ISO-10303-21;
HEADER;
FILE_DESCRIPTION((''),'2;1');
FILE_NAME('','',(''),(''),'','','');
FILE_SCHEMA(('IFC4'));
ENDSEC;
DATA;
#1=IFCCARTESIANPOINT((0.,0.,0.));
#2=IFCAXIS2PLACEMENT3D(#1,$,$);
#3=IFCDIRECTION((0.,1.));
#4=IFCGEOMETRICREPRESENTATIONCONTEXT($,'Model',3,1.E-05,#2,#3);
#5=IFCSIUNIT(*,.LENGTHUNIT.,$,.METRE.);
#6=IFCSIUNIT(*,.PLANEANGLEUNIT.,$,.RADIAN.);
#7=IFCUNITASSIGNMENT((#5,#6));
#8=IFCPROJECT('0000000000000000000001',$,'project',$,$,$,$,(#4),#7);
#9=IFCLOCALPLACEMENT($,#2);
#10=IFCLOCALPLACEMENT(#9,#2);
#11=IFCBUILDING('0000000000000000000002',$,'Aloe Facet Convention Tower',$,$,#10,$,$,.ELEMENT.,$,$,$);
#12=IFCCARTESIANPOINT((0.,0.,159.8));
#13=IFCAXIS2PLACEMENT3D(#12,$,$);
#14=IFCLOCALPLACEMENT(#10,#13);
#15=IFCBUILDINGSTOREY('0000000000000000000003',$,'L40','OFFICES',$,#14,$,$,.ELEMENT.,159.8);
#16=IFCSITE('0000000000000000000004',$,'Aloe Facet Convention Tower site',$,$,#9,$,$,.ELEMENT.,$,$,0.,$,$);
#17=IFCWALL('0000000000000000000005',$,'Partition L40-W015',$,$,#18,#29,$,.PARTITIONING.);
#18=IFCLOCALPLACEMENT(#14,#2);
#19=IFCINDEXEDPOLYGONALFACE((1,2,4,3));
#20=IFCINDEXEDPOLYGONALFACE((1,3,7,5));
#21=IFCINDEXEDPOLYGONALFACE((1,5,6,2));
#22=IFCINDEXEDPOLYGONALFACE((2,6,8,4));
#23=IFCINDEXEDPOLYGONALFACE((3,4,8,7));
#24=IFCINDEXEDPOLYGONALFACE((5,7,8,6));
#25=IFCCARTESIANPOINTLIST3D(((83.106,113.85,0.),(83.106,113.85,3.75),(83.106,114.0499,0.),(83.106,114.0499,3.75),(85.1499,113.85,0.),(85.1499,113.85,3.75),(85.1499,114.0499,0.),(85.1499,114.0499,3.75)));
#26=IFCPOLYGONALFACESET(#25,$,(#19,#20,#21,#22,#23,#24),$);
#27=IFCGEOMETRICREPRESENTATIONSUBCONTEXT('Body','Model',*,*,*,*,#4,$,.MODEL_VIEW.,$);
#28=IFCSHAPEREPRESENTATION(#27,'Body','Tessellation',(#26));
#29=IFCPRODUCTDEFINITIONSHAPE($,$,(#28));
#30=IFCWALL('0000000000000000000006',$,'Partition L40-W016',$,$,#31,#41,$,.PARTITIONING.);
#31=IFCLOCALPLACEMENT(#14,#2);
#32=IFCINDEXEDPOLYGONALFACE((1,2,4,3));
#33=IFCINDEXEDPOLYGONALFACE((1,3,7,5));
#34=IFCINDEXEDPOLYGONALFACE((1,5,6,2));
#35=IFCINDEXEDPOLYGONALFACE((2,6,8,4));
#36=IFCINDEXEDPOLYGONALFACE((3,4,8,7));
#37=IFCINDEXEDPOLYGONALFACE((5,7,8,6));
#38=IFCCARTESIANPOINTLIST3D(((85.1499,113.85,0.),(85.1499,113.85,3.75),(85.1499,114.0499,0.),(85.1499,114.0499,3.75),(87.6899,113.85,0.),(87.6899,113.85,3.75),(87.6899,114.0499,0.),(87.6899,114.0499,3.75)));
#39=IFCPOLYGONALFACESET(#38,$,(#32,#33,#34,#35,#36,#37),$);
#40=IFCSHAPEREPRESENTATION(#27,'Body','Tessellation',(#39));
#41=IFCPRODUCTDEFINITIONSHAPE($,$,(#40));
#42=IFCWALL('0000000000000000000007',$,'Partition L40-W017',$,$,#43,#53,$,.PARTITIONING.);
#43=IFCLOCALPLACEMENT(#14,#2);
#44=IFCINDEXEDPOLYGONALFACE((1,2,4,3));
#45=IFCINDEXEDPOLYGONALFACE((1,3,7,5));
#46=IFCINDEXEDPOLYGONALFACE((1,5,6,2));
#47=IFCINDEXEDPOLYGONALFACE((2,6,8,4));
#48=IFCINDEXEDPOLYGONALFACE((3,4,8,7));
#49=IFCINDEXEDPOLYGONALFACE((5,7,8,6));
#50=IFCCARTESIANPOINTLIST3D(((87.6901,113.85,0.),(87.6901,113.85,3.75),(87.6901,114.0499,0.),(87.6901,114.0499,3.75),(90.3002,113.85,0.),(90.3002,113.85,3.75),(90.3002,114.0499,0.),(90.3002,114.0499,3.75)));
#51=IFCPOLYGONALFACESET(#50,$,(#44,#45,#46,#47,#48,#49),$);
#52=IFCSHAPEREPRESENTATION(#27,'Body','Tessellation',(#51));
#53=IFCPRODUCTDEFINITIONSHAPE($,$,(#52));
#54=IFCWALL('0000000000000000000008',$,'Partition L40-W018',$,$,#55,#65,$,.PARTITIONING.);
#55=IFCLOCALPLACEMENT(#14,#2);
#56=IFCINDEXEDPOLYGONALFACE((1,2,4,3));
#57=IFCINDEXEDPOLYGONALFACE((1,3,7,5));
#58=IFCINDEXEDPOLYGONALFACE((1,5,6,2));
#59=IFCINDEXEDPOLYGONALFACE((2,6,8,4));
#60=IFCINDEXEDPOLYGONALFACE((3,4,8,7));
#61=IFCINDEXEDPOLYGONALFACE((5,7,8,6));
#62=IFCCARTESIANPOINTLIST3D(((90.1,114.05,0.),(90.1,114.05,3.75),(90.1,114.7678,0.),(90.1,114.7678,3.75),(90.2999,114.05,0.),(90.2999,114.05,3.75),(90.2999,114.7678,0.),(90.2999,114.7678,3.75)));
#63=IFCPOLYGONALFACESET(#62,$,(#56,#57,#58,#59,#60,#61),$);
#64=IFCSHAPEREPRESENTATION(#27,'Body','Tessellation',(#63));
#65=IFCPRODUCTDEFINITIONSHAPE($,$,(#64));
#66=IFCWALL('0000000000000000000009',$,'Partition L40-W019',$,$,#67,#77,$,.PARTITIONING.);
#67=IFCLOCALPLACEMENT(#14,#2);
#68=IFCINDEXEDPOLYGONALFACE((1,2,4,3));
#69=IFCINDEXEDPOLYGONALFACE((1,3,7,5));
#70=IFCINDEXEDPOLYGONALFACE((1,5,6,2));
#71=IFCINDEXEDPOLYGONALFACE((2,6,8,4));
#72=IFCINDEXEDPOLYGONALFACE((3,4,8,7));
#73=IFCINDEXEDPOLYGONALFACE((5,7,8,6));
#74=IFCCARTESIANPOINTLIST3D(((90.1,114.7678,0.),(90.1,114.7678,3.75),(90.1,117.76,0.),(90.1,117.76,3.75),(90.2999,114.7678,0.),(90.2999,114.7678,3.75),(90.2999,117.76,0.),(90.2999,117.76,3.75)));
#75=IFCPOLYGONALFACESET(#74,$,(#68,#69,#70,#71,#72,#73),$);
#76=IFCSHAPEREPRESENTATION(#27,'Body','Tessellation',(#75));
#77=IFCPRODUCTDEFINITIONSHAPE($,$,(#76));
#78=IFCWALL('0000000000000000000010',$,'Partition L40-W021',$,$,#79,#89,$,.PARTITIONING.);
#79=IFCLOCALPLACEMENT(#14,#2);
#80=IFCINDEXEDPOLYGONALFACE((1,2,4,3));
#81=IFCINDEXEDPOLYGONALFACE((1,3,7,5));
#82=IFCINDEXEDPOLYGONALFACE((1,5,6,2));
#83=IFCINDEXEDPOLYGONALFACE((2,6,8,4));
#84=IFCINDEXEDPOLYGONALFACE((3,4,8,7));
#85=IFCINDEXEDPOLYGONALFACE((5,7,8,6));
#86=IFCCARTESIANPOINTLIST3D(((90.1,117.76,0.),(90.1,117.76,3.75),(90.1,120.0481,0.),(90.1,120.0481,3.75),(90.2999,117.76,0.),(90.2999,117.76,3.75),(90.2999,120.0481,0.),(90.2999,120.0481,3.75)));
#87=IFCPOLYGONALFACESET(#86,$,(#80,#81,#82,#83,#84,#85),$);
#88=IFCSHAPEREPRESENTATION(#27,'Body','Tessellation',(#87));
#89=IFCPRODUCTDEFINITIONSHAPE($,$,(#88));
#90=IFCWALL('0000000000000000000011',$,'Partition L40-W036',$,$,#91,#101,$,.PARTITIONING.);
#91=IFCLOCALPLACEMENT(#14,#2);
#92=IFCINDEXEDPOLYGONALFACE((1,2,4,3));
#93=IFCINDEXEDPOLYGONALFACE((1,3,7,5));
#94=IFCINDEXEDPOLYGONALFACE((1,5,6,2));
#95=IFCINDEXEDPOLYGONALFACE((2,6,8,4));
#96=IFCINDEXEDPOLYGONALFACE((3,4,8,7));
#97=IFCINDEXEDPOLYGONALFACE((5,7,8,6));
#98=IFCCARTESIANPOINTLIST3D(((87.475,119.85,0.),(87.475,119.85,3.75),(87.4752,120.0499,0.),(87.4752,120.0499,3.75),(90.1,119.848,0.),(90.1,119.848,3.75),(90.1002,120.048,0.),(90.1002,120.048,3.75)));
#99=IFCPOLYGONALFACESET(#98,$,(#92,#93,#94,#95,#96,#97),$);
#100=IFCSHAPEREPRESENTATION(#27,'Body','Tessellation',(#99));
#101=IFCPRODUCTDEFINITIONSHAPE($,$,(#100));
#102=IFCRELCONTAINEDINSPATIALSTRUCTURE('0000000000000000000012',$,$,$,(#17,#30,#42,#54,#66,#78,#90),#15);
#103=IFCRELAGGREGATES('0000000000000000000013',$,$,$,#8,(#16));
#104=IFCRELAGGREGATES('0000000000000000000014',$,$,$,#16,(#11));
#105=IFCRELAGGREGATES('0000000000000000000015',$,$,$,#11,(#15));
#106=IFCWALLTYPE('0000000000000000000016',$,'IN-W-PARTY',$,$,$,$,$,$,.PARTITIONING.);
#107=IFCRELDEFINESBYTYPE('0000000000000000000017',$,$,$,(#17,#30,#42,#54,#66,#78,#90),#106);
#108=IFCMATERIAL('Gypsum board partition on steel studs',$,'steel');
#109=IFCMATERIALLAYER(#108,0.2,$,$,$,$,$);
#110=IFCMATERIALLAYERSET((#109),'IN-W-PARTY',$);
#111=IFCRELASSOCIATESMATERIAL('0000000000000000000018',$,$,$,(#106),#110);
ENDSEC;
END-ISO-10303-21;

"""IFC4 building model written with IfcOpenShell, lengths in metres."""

from ifc_helpers import new_model, si_unit, direction, frame, frame_2d, origin, place, context, subcontext, project, spatial, rectangle, extrude, material, layer, layer_set, type_object, element, save


model = new_model("IFC4")

# Units and contexts
model_context = context("Model", 3, precision=1e-05, world=origin(), true_north=direction((0.0, 1.0)))
body_context = subcontext(model_context, "Body", "Model", "MODEL_VIEW")
ifc_project = project(units=[si_unit("LENGTHUNIT", "METRE"), si_unit("PLANEANGLEUNIT", "RADIAN")], contexts=[model_context])

# Site, building, storey
site_placement = place(None, origin())
site = spatial("IfcSite", under=ifc_project, at=site_placement, Name="Aloe Facet Convention Tower site", CompositionType="ELEMENT", RefElevation=0.0)
building_placement = place(site_placement, origin())
building = spatial("IfcBuilding", under=site, at=building_placement, Name="Aloe Facet Convention Tower", CompositionType="ELEMENT")
storey_placement = place(building_placement, frame((0.0, 0.0, 159.8)))
storey = spatial("IfcBuildingStorey", under=building, at=storey_placement, Name="L40", Description="OFFICES", CompositionType="ELEMENT", Elevation=159.8)

# Walls
ifc_material_1 = material(Name="Gypsum board partition on steel studs", Category="steel")
ifc_layer_1 = layer(ifc_material_1, 0.2)
ifc_layer_set_1 = layer_set([ifc_layer_1], Name="IN-W-PARTY")
wall_type_1 = type_object("IfcWallType", Name="IN-W-PARTY", PredefinedType="PARTITIONING", material=ifc_layer_set_1)
wall_1_placement = place(storey_placement, frame((83.106, 113.95, 0.0), z_axis=(0.0, 0.0, 1.0), x_axis=(1.0, 0.0, 0.0)))
element("IfcWall", 1, at=wall_1_placement, inside=storey, type_object=wall_type_1, Name="Partition L40-W015", PredefinedType="PARTITIONING", context=body_context, shape_type="SweptSolid", body=[
    extrude(rectangle(XDim=2.0439, YDim=0.2, at=frame_2d((1.022, 0.0))), origin(), (0.0, 0.0, 1.0), 3.75),
])
wall_2_placement = place(storey_placement, frame((85.1499, 113.95, 0.0), z_axis=(0.0, 0.0, 1.0), x_axis=(1.0, 0.0, 0.0)))
element("IfcWall", 2, at=wall_2_placement, inside=storey, type_object=wall_type_1, Name="Partition L40-W016", PredefinedType="PARTITIONING", context=body_context, shape_type="SweptSolid", body=[
    extrude(rectangle(XDim=2.54, YDim=0.2, at=frame_2d((1.27, 0.0))), origin(), (0.0, 0.0, 1.0), 3.75),
])
wall_3_placement = place(storey_placement, frame((87.6899, 113.95, 0.0), z_axis=(0.0, 0.0, 1.0), x_axis=(1.0, 0.0, 0.0)))
element("IfcWall", 3, at=wall_3_placement, inside=storey, type_object=wall_type_1, Name="Partition L40-W017", PredefinedType="PARTITIONING", context=body_context, shape_type="SweptSolid", body=[
    extrude(rectangle(XDim=2.6101, YDim=0.2, at=frame_2d((1.3052, 0.0))), origin(), (0.0, 0.0, 1.0), 3.75),
])
wall_4_placement = place(storey_placement, frame((90.2, 114.05, 0.0), z_axis=(0.0, 0.0, 1.0), x_axis=(0.0, 1.0, 0.0)))
element("IfcWall", 4, at=wall_4_placement, inside=storey, type_object=wall_type_1, Name="Partition L40-W018", PredefinedType="PARTITIONING", context=body_context, shape_type="SweptSolid", body=[
    extrude(rectangle(XDim=0.7178, YDim=0.2, at=frame_2d((0.3589, 0.0))), origin(), (0.0, 0.0, 1.0), 3.75),
])
wall_5_placement = place(storey_placement, frame((90.2, 114.7678, 0.0), z_axis=(0.0, 0.0, 1.0), x_axis=(0.0, 1.0, 0.0)))
element("IfcWall", 5, at=wall_5_placement, inside=storey, type_object=wall_type_1, Name="Partition L40-W019", PredefinedType="PARTITIONING", context=body_context, shape_type="SweptSolid", body=[
    extrude(rectangle(XDim=2.9922, YDim=0.2, at=frame_2d((1.4961, 0.0))), origin(), (0.0, 0.0, 1.0), 3.75),
])
wall_6_placement = place(storey_placement, frame((90.2, 117.76, 0.0), z_axis=(0.0, 0.0, 1.0), x_axis=(0.0, 1.0, 0.0)))
element("IfcWall", 6, at=wall_6_placement, inside=storey, type_object=wall_type_1, Name="Partition L40-W021", PredefinedType="PARTITIONING", context=body_context, shape_type="SweptSolid", body=[
    extrude(rectangle(XDim=2.2881, YDim=0.2, at=frame_2d((1.144, 0.0))), origin(), (0.0, 0.0, 1.0), 3.75),
])
wall_7_placement = place(storey_placement, frame((87.4751, 119.95, 0.0), z_axis=(0.0, 0.0, 1.0), x_axis=(1.0, -0.000744, 0.0)))
element("IfcWall", 7, at=wall_7_placement, inside=storey, type_object=wall_type_1, Name="Partition L40-W036", PredefinedType="PARTITIONING", context=body_context, shape_type="SweptSolid", body=[
    extrude(rectangle(XDim=2.625, YDim=0.2, at=frame_2d((1.3125, 0.0))), origin(), (0.0, 0.0, 1.0), 3.75),
])

save(model, "model.ifc")
